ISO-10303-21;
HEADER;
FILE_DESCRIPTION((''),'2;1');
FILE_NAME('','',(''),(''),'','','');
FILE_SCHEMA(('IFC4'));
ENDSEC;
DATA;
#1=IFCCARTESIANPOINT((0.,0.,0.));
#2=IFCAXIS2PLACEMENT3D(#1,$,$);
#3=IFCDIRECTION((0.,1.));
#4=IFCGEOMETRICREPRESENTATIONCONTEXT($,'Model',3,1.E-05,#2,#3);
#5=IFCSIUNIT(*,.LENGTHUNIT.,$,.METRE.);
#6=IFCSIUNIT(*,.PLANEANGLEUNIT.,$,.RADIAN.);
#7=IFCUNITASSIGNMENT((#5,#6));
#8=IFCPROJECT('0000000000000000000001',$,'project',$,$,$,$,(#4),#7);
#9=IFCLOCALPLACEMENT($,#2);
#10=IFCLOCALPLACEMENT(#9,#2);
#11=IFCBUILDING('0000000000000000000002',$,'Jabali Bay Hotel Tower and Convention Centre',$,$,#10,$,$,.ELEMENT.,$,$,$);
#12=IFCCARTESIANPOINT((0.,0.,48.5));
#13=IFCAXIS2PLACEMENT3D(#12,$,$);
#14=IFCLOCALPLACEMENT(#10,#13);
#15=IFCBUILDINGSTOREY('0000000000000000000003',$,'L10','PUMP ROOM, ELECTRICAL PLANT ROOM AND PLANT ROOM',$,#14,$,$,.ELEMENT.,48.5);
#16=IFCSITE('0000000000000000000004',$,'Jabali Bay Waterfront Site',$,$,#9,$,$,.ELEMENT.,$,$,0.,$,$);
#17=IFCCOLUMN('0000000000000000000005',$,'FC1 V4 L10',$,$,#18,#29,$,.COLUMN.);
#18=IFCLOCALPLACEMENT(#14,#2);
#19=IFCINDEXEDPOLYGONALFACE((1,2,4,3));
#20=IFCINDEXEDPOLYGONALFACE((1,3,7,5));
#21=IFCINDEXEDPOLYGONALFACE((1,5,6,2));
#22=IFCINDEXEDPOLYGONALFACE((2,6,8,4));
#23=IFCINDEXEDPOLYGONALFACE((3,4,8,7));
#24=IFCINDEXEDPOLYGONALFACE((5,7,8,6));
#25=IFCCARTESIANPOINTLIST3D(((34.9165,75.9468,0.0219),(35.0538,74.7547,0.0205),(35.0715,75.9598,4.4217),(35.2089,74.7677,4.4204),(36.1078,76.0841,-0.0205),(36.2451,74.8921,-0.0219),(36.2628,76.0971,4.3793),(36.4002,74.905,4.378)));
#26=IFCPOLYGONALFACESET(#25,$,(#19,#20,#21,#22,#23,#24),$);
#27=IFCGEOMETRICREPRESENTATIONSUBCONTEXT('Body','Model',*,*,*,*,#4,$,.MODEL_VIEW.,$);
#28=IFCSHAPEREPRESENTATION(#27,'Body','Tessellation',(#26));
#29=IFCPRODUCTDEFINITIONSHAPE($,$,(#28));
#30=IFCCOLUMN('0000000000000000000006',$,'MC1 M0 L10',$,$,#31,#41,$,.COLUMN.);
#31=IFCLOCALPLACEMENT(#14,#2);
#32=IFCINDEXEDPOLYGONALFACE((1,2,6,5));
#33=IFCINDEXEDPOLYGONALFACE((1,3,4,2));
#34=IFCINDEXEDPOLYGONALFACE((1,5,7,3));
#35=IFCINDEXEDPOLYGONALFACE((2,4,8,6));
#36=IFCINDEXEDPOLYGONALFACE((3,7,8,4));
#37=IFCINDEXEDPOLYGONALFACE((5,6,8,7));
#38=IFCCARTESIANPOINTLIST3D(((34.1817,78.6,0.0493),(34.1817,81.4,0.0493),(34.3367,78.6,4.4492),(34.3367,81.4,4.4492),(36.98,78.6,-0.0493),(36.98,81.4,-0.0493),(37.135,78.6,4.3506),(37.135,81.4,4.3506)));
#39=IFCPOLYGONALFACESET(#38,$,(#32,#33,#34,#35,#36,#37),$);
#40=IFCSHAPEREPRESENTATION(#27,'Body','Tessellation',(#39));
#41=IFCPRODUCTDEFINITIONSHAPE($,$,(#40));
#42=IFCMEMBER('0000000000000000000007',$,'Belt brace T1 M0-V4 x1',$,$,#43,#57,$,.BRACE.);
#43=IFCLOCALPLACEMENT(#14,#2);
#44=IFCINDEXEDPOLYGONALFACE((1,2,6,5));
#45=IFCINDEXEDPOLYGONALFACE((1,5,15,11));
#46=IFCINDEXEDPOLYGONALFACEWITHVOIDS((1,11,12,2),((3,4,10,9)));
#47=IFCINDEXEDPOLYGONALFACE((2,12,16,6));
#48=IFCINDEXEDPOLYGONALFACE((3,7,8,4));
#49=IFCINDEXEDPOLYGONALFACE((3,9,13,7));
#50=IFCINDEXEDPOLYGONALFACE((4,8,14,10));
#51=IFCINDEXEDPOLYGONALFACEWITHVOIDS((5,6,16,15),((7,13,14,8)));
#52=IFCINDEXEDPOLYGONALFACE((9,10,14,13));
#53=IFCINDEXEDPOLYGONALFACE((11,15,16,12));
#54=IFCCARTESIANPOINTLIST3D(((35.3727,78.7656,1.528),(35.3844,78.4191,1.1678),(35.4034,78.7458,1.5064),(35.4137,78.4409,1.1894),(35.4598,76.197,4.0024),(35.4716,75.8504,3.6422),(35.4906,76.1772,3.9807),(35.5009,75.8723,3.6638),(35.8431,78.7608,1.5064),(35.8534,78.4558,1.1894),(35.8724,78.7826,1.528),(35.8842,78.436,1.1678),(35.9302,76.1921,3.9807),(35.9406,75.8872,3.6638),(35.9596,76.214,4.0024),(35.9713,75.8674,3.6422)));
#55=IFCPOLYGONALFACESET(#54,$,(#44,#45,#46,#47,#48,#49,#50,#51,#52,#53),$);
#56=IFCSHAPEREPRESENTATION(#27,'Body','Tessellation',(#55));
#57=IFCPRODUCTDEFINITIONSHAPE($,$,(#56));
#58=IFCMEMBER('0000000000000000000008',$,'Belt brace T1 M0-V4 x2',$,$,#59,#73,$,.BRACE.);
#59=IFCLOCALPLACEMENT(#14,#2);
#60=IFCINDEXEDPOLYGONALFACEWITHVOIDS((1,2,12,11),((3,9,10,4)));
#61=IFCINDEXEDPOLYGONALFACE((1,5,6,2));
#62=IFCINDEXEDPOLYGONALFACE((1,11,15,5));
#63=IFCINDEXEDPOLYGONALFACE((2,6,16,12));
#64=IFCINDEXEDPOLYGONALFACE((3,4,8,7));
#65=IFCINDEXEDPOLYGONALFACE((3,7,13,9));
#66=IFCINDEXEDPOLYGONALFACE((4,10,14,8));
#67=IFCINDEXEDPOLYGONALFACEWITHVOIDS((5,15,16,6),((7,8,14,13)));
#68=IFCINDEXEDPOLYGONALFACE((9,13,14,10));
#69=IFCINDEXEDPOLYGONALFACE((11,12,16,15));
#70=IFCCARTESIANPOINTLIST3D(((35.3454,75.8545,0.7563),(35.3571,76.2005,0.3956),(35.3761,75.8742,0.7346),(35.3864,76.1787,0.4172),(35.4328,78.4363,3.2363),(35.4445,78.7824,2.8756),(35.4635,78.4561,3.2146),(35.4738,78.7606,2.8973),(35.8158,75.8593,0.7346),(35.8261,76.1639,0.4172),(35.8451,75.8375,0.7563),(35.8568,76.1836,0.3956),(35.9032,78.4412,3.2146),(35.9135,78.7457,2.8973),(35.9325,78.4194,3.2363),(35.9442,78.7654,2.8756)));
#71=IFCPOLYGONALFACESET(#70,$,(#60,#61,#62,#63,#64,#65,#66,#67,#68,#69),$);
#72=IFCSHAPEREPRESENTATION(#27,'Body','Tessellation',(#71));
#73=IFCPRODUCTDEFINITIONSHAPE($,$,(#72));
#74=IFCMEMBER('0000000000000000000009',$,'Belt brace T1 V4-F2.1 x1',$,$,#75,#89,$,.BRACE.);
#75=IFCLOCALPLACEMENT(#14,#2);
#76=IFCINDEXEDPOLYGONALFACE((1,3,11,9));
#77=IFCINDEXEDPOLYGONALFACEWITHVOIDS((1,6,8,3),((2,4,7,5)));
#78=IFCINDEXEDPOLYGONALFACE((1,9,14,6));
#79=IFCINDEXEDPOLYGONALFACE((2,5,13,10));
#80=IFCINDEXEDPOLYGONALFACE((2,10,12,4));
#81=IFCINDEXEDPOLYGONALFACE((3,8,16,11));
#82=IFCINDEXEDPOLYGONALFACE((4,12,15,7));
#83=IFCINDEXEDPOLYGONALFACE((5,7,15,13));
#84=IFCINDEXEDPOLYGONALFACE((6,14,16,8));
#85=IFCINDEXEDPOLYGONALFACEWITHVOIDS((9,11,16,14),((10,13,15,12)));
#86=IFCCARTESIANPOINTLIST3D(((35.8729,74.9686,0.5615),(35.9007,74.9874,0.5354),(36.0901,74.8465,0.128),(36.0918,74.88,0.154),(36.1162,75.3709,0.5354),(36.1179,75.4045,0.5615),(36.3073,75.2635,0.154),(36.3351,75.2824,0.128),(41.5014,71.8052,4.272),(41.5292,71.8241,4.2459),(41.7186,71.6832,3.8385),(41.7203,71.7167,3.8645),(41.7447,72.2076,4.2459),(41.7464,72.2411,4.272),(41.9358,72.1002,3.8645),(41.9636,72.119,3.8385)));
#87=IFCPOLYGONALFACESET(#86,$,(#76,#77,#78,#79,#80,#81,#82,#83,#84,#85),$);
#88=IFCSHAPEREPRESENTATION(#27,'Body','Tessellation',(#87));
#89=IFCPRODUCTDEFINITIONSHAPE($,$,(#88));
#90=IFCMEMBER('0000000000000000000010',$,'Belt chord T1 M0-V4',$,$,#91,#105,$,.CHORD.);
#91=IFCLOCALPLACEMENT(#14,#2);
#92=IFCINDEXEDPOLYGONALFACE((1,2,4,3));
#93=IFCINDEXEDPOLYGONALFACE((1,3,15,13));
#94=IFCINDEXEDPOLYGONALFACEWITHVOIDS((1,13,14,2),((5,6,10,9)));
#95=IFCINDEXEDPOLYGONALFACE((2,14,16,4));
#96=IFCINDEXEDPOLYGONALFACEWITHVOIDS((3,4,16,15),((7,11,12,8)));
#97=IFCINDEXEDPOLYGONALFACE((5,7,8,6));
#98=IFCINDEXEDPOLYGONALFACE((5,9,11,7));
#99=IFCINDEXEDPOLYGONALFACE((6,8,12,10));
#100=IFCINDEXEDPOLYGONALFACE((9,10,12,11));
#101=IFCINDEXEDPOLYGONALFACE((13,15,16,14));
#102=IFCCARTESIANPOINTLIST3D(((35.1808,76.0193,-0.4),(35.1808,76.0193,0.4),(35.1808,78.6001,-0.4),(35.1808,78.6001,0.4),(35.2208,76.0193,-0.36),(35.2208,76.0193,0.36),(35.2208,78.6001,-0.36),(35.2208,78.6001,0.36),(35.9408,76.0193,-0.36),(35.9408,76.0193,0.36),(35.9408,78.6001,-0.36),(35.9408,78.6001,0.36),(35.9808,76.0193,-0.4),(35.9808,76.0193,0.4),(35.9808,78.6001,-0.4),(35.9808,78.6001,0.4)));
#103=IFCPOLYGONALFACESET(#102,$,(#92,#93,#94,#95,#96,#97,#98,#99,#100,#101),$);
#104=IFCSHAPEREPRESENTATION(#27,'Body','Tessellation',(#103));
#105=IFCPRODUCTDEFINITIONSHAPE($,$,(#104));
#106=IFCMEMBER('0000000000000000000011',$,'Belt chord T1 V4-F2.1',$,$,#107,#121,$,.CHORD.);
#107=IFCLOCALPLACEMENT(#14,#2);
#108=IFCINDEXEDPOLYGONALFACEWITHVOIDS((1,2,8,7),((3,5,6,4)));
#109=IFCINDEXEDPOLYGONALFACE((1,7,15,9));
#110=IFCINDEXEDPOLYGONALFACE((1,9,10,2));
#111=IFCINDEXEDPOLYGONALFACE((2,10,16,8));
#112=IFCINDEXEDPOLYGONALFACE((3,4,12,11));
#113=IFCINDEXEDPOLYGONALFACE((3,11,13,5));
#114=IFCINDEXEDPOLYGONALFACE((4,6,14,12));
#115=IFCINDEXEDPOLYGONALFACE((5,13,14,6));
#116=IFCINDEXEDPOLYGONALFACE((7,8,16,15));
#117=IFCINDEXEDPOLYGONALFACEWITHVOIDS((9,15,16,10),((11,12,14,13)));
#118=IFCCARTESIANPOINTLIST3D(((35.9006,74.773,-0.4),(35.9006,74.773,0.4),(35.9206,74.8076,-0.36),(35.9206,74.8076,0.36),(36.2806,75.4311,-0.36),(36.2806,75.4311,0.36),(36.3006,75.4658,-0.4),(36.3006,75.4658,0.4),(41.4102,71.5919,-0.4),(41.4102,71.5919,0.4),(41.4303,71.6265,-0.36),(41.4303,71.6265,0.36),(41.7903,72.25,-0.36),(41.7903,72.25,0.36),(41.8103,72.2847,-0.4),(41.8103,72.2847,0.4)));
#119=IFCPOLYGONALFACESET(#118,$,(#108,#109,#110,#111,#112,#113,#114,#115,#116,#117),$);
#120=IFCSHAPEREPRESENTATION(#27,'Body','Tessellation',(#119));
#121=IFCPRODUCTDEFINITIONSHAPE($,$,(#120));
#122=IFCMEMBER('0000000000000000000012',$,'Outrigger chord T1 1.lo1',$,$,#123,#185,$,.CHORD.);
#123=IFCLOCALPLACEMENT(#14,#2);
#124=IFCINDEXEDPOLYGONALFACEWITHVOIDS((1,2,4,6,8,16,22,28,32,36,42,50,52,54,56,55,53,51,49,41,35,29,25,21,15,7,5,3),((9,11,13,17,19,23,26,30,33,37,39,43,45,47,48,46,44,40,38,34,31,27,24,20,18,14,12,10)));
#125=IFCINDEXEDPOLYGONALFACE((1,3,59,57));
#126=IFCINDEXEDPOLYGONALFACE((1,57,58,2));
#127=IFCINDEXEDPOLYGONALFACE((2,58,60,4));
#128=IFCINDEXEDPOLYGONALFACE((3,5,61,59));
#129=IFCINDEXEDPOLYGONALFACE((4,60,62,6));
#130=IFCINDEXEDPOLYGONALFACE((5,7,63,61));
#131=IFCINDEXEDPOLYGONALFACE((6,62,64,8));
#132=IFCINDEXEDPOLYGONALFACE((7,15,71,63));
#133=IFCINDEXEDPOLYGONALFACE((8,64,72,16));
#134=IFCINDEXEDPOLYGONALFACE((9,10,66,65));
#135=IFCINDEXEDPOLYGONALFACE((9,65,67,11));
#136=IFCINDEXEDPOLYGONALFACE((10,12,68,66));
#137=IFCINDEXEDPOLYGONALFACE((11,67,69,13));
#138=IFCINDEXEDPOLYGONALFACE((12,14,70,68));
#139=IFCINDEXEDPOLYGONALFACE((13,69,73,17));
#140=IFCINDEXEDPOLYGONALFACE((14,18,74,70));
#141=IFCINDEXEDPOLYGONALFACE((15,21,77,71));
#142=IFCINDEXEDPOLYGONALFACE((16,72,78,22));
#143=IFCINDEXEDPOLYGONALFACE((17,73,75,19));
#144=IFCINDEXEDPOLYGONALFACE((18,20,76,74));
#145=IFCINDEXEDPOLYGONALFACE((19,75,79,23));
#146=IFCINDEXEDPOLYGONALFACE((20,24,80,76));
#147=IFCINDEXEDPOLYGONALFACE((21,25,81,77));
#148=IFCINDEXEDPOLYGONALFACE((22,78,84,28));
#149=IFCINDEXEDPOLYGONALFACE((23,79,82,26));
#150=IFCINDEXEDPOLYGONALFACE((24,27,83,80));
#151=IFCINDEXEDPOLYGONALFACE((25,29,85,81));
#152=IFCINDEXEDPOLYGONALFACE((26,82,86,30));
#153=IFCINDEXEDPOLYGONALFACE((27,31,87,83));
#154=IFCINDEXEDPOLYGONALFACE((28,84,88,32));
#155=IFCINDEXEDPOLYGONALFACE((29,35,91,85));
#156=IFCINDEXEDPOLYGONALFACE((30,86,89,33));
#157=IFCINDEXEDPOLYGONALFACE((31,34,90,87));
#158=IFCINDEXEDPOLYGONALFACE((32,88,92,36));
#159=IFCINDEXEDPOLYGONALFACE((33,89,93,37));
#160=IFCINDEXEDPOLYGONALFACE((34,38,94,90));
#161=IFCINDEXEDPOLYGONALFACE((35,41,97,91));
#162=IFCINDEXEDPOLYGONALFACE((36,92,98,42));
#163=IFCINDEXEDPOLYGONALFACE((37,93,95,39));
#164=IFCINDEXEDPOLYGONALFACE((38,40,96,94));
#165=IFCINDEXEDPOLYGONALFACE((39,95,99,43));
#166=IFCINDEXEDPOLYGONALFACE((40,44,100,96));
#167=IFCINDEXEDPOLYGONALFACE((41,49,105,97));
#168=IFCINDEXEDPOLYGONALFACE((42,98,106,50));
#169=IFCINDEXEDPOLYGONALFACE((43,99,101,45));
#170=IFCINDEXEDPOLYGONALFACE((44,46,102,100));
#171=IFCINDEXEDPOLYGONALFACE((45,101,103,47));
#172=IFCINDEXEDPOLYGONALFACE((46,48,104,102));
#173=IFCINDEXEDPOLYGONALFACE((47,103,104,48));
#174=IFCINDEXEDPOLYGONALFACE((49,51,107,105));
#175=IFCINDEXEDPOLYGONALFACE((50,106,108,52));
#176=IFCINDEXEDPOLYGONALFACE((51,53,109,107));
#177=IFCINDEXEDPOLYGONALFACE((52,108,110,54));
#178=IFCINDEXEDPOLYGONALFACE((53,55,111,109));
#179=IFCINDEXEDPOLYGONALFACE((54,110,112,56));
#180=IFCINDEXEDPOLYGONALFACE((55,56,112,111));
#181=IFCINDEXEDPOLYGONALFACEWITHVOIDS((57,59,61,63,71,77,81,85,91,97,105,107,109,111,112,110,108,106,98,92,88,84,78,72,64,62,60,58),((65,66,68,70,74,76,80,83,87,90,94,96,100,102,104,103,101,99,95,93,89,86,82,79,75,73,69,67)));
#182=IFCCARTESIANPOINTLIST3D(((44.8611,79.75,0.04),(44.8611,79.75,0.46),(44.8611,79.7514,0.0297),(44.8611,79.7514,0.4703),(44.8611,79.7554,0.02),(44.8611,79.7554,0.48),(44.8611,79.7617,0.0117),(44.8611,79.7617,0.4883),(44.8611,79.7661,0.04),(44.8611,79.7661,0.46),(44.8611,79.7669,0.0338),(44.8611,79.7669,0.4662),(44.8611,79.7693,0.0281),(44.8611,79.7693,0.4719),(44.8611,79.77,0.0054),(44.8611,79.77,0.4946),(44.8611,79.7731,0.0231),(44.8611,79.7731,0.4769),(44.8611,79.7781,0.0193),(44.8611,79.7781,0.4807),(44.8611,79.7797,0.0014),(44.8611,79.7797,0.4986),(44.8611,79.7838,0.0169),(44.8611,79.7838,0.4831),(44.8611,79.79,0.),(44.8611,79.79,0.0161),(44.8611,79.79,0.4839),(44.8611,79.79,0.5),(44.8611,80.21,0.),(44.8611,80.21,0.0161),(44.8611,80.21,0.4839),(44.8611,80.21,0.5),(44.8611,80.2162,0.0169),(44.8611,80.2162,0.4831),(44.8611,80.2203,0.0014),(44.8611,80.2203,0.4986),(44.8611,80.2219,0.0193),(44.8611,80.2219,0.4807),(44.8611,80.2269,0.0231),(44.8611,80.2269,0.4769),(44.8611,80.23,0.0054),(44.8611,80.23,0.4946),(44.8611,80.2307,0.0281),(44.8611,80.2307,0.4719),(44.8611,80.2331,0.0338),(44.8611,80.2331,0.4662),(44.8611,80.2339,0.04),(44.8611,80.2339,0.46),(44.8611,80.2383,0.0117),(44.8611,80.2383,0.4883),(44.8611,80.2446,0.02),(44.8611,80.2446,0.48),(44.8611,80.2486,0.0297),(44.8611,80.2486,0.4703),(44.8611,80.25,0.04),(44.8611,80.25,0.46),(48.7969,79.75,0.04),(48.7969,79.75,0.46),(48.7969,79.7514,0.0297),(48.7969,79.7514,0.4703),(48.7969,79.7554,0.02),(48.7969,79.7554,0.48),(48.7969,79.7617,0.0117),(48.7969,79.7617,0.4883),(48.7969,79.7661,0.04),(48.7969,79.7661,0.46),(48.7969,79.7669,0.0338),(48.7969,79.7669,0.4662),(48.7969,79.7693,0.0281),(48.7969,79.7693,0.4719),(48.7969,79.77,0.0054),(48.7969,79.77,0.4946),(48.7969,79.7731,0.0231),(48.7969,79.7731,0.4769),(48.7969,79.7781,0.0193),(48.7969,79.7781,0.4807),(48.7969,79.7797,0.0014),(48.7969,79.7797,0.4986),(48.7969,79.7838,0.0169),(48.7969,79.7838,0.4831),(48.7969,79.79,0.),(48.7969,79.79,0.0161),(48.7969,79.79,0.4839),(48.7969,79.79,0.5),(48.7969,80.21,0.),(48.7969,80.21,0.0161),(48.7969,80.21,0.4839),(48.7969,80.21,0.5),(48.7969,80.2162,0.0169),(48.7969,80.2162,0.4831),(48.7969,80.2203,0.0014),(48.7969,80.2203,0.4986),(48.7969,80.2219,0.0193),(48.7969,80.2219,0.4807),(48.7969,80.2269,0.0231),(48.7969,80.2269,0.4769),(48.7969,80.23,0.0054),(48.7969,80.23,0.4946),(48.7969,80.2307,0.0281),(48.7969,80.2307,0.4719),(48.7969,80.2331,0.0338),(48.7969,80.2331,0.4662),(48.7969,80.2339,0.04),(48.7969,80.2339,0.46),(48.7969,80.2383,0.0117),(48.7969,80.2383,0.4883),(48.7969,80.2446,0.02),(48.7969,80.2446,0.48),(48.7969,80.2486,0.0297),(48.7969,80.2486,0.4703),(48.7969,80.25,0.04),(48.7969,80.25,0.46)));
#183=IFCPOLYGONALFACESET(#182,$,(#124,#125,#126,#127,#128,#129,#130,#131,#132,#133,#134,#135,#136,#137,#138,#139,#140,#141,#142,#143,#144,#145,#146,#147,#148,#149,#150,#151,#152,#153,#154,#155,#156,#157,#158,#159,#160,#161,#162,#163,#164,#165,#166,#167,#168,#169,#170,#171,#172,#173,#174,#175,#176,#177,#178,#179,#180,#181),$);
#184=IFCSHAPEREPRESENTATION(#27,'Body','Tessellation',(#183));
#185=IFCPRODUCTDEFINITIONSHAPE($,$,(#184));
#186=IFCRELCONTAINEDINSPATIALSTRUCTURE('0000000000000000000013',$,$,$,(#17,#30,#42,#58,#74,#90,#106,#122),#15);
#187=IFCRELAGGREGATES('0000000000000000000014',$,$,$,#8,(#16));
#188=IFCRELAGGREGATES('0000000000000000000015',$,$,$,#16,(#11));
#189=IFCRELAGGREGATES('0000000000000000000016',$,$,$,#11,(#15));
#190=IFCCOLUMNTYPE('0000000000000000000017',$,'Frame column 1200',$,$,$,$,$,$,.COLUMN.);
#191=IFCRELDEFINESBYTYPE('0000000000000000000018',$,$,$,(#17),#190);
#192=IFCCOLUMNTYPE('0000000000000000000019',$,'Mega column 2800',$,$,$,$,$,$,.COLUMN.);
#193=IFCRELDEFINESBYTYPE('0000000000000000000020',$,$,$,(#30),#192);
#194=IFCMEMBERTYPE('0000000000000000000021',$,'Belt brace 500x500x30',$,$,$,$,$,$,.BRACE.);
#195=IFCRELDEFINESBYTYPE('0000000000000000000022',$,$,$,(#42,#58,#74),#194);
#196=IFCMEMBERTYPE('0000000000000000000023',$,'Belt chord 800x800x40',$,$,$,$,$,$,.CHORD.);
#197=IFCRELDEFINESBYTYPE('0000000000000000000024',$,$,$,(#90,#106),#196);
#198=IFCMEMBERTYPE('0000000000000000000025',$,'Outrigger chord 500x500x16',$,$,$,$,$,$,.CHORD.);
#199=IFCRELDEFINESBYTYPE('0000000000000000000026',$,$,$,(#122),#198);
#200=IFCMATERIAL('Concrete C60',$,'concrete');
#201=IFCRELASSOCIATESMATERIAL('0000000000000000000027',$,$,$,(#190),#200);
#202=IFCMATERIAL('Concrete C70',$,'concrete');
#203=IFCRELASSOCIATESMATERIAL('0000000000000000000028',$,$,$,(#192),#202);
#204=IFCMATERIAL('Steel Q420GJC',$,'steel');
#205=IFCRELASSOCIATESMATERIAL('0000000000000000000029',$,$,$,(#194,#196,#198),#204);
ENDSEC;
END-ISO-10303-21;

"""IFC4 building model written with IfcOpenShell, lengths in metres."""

from ifc_helpers import new_model, si_unit, direction, frame, origin, origin_2d, place, context, subcontext, project, spatial, rectangle, hollow_rectangle, extrude, material, material_profile, profile_set, type_object, element, save


model = new_model("IFC4")

# Units and contexts
model_context = context("Model", 3, precision=1e-05, world=origin(), true_north=direction((0.0, 1.0)))
body_context = subcontext(model_context, "Body", "Model", "MODEL_VIEW")
ifc_project = project(units=[si_unit("LENGTHUNIT", "METRE"), si_unit("PLANEANGLEUNIT", "RADIAN")], contexts=[model_context])

# Site, building, storey
site_placement = place(None, origin())
site = spatial("IfcSite", under=ifc_project, at=site_placement, Name="Jabali Bay Waterfront Site", CompositionType="ELEMENT", RefElevation=0.0)
building_placement = place(site_placement, origin())
building = spatial("IfcBuilding", under=site, at=building_placement, Name="Jabali Bay Hotel Tower and Convention Centre", CompositionType="ELEMENT")
storey_placement = place(building_placement, frame((0.0, 0.0, 48.5)))
storey = spatial("IfcBuildingStorey", under=building, at=storey_placement, Name="L10", Description="PUMP ROOM, ELECTRICAL PLANT ROOM AND PLANT ROOM", CompositionType="ELEMENT", Elevation=48.5)

# Columns
ifc_material_1 = material(Name="Concrete C60", Category="concrete")
ifc_material_profile_1 = material_profile(ifc_material_1, rectangle(XDim=1.2, YDim=1.2, at=origin_2d()), Name="Frame column 1200")
ifc_profile_set_1 = profile_set([ifc_material_profile_1], Name="Concrete C60")
column_type_1 = type_object("IfcColumnType", Name="Frame column 1200", PredefinedType="COLUMN", material=ifc_profile_set_1)
column_1_placement = place(storey_placement, frame((35.5808, 75.4194, 0.0), z_axis=(0.035213, 0.002939, 0.999376), x_axis=(-0.114457, 0.993428, 0.001111)))
element("IfcColumn", 1, at=column_1_placement, inside=storey, type_object=column_type_1, Name="FC1 V4 L10", PredefinedType="COLUMN", context=body_context, shape_type="SweptSolid", body=[
    extrude(rectangle(XDim=1.2, YDim=1.2, at=origin_2d()), origin(), (0.0, 0.0, 1.0), 4.4026),
])
ifc_material_2 = material(Name="Concrete C70", Category="concrete")
ifc_material_profile_2 = material_profile(ifc_material_2, rectangle(XDim=2.8, YDim=2.8, at=origin_2d()), Name="Mega column 2800")
ifc_profile_set_2 = profile_set([ifc_material_profile_2], Name="Concrete C70")
column_type_2 = type_object("IfcColumnType", Name="Mega column 2800", PredefinedType="COLUMN", material=ifc_profile_set_2)
column_2_placement = place(storey_placement, frame((35.5808, 80.0, 0.0), z_axis=(0.035213, 0.0, 0.99938), x_axis=(0.0, 1.0, 0.0)))
element("IfcColumn", 2, at=column_2_placement, inside=storey, type_object=column_type_2, Name="MC1 M0 L10", PredefinedType="COLUMN", context=body_context, shape_type="SweptSolid", body=[
    extrude(rectangle(XDim=2.8, YDim=2.8, at=origin_2d()), origin(), (0.0, 0.0, 1.0), 4.4026),
])

# Members
ifc_material_3 = material(Name="Steel Q420GJC", Category="steel")
ifc_material_profile_3 = material_profile(ifc_material_3, hollow_rectangle(XDim=0.5, YDim=0.5, WallThickness=0.03, at=origin_2d()), Name="Belt brace 500x500x30")
ifc_profile_set_3 = profile_set([ifc_material_profile_3], Name="Steel Q420GJC")
member_type_1 = type_object("IfcMemberType", Name="Belt brace 500x500x30", PredefinedType="BRACE", material=ifc_profile_set_3)
member_1_placement = place(storey_placement, frame((35.6284, 78.6008, 1.3479), z_axis=(0.02443, -0.71998, 0.693565), x_axis=(0.999425, 0.033913, 0.0)))
element("IfcMember", 3, at=member_1_placement, inside=storey, type_object=member_type_1, Name="Belt brace T1 M0-V4 x1", PredefinedType="BRACE", context=body_context, shape_type="SweptSolid", body=[
    extrude(hollow_rectangle(XDim=0.5, YDim=0.5, WallThickness=0.03, at=origin_2d()), origin(), (0.0, 0.0, 1.0), 3.5676),
])
member_2_placement = place(storey_placement, frame((35.6011, 76.019, 0.5759), z_axis=(0.024407, 0.720968, 0.692538), x_axis=(-0.999427, 0.033834, 0.0)))
element("IfcMember", 4, at=member_2_placement, inside=storey, type_object=member_type_1, Name="Belt brace T1 M0-V4 x2", PredefinedType="BRACE", context=body_context, shape_type="SweptSolid", body=[
    extrude(hollow_rectangle(XDim=0.5, YDim=0.5, WallThickness=0.03, at=origin_2d()), origin(), (0.0, 0.0, 1.0), 3.5811),
])
member_3_placement = place(storey_placement, frame((36.104, 75.1255, 0.3447), z_axis=(0.755828, -0.424797, 0.498268), x_axis=(0.489949, 0.871751, 0.0)))
element("IfcMember", 5, at=member_3_placement, inside=storey, type_object=member_type_1, Name="Belt brace T1 V4-F2.1 x1", PredefinedType="BRACE", context=body_context, shape_type="SweptSolid", body=[
    extrude(hollow_rectangle(XDim=0.5, YDim=0.5, WallThickness=0.03, at=origin_2d()), origin(), (0.0, 0.0, 1.0), 7.4468),
])
ifc_material_profile_4 = material_profile(ifc_material_3, hollow_rectangle(XDim=0.8, YDim=0.8, WallThickness=0.04, at=origin_2d()), Name="Belt chord 800x800x40")
ifc_profile_set_4 = profile_set([ifc_material_profile_4], Name="Steel Q420GJC")
member_type_2 = type_object("IfcMemberType", Name="Belt chord 800x800x40", PredefinedType="CHORD", material=ifc_profile_set_4)
member_4_placement = place(storey_placement, frame((35.5808, 78.6001, 0.0), z_axis=(0.0, -1.0, 0.0), x_axis=(1.0, 0.0, 0.0)))
element("IfcMember", 6, at=member_4_placement, inside=storey, type_object=member_type_2, Name="Belt chord T1 M0-V4", PredefinedType="CHORD", context=body_context, shape_type="SweptSolid", body=[
    extrude(hollow_rectangle(XDim=0.8, YDim=0.8, WallThickness=0.04, at=origin_2d()), origin(), (0.0, 0.0, 1.0), 2.5808),
])
member_5_placement = place(storey_placement, frame((36.1006, 75.1194, 0.0), z_axis=(0.866019, -0.50001, 0.0), x_axis=(0.50001, 0.866019, 0.0)))
element("IfcMember", 7, at=member_5_placement, inside=storey, type_object=member_type_2, Name="Belt chord T1 V4-F2.1", PredefinedType="CHORD", context=body_context, shape_type="SweptSolid", body=[
    extrude(hollow_rectangle(XDim=0.8, YDim=0.8, WallThickness=0.04, at=origin_2d()), origin(), (0.0, 0.0, 1.0), 6.3621),
])
ifc_material_profile_5 = material_profile(ifc_material_3, hollow_rectangle(XDim=0.5, YDim=0.5, WallThickness=0.0161, InnerFilletRadius=0.0239, OuterFilletRadius=0.04, at=origin_2d()), Name="Outrigger chord 500x500x16")
ifc_profile_set_5 = profile_set([ifc_material_profile_5], Name="Steel Q420GJC")
member_type_3 = type_object("IfcMemberType", Name="Outrigger chord 500x500x16", PredefinedType="CHORD", material=ifc_profile_set_5)
member_6_placement = place(storey_placement, frame((48.7969, 80.0, 0.25), z_axis=(-1.0, 0.0, 0.0), x_axis=(0.0, -1.0, 0.0)))
element("IfcMember", 8, at=member_6_placement, inside=storey, type_object=member_type_3, Name="Outrigger chord T1 1.lo1", PredefinedType="CHORD", context=body_context, shape_type="SweptSolid", body=[
    extrude(hollow_rectangle(XDim=0.5, YDim=0.5, WallThickness=0.0161, InnerFilletRadius=0.0239, OuterFilletRadius=0.04, at=origin_2d()), origin(), (0.0, 0.0, 1.0), 3.9358),
])

save(model, "model.ifc")
